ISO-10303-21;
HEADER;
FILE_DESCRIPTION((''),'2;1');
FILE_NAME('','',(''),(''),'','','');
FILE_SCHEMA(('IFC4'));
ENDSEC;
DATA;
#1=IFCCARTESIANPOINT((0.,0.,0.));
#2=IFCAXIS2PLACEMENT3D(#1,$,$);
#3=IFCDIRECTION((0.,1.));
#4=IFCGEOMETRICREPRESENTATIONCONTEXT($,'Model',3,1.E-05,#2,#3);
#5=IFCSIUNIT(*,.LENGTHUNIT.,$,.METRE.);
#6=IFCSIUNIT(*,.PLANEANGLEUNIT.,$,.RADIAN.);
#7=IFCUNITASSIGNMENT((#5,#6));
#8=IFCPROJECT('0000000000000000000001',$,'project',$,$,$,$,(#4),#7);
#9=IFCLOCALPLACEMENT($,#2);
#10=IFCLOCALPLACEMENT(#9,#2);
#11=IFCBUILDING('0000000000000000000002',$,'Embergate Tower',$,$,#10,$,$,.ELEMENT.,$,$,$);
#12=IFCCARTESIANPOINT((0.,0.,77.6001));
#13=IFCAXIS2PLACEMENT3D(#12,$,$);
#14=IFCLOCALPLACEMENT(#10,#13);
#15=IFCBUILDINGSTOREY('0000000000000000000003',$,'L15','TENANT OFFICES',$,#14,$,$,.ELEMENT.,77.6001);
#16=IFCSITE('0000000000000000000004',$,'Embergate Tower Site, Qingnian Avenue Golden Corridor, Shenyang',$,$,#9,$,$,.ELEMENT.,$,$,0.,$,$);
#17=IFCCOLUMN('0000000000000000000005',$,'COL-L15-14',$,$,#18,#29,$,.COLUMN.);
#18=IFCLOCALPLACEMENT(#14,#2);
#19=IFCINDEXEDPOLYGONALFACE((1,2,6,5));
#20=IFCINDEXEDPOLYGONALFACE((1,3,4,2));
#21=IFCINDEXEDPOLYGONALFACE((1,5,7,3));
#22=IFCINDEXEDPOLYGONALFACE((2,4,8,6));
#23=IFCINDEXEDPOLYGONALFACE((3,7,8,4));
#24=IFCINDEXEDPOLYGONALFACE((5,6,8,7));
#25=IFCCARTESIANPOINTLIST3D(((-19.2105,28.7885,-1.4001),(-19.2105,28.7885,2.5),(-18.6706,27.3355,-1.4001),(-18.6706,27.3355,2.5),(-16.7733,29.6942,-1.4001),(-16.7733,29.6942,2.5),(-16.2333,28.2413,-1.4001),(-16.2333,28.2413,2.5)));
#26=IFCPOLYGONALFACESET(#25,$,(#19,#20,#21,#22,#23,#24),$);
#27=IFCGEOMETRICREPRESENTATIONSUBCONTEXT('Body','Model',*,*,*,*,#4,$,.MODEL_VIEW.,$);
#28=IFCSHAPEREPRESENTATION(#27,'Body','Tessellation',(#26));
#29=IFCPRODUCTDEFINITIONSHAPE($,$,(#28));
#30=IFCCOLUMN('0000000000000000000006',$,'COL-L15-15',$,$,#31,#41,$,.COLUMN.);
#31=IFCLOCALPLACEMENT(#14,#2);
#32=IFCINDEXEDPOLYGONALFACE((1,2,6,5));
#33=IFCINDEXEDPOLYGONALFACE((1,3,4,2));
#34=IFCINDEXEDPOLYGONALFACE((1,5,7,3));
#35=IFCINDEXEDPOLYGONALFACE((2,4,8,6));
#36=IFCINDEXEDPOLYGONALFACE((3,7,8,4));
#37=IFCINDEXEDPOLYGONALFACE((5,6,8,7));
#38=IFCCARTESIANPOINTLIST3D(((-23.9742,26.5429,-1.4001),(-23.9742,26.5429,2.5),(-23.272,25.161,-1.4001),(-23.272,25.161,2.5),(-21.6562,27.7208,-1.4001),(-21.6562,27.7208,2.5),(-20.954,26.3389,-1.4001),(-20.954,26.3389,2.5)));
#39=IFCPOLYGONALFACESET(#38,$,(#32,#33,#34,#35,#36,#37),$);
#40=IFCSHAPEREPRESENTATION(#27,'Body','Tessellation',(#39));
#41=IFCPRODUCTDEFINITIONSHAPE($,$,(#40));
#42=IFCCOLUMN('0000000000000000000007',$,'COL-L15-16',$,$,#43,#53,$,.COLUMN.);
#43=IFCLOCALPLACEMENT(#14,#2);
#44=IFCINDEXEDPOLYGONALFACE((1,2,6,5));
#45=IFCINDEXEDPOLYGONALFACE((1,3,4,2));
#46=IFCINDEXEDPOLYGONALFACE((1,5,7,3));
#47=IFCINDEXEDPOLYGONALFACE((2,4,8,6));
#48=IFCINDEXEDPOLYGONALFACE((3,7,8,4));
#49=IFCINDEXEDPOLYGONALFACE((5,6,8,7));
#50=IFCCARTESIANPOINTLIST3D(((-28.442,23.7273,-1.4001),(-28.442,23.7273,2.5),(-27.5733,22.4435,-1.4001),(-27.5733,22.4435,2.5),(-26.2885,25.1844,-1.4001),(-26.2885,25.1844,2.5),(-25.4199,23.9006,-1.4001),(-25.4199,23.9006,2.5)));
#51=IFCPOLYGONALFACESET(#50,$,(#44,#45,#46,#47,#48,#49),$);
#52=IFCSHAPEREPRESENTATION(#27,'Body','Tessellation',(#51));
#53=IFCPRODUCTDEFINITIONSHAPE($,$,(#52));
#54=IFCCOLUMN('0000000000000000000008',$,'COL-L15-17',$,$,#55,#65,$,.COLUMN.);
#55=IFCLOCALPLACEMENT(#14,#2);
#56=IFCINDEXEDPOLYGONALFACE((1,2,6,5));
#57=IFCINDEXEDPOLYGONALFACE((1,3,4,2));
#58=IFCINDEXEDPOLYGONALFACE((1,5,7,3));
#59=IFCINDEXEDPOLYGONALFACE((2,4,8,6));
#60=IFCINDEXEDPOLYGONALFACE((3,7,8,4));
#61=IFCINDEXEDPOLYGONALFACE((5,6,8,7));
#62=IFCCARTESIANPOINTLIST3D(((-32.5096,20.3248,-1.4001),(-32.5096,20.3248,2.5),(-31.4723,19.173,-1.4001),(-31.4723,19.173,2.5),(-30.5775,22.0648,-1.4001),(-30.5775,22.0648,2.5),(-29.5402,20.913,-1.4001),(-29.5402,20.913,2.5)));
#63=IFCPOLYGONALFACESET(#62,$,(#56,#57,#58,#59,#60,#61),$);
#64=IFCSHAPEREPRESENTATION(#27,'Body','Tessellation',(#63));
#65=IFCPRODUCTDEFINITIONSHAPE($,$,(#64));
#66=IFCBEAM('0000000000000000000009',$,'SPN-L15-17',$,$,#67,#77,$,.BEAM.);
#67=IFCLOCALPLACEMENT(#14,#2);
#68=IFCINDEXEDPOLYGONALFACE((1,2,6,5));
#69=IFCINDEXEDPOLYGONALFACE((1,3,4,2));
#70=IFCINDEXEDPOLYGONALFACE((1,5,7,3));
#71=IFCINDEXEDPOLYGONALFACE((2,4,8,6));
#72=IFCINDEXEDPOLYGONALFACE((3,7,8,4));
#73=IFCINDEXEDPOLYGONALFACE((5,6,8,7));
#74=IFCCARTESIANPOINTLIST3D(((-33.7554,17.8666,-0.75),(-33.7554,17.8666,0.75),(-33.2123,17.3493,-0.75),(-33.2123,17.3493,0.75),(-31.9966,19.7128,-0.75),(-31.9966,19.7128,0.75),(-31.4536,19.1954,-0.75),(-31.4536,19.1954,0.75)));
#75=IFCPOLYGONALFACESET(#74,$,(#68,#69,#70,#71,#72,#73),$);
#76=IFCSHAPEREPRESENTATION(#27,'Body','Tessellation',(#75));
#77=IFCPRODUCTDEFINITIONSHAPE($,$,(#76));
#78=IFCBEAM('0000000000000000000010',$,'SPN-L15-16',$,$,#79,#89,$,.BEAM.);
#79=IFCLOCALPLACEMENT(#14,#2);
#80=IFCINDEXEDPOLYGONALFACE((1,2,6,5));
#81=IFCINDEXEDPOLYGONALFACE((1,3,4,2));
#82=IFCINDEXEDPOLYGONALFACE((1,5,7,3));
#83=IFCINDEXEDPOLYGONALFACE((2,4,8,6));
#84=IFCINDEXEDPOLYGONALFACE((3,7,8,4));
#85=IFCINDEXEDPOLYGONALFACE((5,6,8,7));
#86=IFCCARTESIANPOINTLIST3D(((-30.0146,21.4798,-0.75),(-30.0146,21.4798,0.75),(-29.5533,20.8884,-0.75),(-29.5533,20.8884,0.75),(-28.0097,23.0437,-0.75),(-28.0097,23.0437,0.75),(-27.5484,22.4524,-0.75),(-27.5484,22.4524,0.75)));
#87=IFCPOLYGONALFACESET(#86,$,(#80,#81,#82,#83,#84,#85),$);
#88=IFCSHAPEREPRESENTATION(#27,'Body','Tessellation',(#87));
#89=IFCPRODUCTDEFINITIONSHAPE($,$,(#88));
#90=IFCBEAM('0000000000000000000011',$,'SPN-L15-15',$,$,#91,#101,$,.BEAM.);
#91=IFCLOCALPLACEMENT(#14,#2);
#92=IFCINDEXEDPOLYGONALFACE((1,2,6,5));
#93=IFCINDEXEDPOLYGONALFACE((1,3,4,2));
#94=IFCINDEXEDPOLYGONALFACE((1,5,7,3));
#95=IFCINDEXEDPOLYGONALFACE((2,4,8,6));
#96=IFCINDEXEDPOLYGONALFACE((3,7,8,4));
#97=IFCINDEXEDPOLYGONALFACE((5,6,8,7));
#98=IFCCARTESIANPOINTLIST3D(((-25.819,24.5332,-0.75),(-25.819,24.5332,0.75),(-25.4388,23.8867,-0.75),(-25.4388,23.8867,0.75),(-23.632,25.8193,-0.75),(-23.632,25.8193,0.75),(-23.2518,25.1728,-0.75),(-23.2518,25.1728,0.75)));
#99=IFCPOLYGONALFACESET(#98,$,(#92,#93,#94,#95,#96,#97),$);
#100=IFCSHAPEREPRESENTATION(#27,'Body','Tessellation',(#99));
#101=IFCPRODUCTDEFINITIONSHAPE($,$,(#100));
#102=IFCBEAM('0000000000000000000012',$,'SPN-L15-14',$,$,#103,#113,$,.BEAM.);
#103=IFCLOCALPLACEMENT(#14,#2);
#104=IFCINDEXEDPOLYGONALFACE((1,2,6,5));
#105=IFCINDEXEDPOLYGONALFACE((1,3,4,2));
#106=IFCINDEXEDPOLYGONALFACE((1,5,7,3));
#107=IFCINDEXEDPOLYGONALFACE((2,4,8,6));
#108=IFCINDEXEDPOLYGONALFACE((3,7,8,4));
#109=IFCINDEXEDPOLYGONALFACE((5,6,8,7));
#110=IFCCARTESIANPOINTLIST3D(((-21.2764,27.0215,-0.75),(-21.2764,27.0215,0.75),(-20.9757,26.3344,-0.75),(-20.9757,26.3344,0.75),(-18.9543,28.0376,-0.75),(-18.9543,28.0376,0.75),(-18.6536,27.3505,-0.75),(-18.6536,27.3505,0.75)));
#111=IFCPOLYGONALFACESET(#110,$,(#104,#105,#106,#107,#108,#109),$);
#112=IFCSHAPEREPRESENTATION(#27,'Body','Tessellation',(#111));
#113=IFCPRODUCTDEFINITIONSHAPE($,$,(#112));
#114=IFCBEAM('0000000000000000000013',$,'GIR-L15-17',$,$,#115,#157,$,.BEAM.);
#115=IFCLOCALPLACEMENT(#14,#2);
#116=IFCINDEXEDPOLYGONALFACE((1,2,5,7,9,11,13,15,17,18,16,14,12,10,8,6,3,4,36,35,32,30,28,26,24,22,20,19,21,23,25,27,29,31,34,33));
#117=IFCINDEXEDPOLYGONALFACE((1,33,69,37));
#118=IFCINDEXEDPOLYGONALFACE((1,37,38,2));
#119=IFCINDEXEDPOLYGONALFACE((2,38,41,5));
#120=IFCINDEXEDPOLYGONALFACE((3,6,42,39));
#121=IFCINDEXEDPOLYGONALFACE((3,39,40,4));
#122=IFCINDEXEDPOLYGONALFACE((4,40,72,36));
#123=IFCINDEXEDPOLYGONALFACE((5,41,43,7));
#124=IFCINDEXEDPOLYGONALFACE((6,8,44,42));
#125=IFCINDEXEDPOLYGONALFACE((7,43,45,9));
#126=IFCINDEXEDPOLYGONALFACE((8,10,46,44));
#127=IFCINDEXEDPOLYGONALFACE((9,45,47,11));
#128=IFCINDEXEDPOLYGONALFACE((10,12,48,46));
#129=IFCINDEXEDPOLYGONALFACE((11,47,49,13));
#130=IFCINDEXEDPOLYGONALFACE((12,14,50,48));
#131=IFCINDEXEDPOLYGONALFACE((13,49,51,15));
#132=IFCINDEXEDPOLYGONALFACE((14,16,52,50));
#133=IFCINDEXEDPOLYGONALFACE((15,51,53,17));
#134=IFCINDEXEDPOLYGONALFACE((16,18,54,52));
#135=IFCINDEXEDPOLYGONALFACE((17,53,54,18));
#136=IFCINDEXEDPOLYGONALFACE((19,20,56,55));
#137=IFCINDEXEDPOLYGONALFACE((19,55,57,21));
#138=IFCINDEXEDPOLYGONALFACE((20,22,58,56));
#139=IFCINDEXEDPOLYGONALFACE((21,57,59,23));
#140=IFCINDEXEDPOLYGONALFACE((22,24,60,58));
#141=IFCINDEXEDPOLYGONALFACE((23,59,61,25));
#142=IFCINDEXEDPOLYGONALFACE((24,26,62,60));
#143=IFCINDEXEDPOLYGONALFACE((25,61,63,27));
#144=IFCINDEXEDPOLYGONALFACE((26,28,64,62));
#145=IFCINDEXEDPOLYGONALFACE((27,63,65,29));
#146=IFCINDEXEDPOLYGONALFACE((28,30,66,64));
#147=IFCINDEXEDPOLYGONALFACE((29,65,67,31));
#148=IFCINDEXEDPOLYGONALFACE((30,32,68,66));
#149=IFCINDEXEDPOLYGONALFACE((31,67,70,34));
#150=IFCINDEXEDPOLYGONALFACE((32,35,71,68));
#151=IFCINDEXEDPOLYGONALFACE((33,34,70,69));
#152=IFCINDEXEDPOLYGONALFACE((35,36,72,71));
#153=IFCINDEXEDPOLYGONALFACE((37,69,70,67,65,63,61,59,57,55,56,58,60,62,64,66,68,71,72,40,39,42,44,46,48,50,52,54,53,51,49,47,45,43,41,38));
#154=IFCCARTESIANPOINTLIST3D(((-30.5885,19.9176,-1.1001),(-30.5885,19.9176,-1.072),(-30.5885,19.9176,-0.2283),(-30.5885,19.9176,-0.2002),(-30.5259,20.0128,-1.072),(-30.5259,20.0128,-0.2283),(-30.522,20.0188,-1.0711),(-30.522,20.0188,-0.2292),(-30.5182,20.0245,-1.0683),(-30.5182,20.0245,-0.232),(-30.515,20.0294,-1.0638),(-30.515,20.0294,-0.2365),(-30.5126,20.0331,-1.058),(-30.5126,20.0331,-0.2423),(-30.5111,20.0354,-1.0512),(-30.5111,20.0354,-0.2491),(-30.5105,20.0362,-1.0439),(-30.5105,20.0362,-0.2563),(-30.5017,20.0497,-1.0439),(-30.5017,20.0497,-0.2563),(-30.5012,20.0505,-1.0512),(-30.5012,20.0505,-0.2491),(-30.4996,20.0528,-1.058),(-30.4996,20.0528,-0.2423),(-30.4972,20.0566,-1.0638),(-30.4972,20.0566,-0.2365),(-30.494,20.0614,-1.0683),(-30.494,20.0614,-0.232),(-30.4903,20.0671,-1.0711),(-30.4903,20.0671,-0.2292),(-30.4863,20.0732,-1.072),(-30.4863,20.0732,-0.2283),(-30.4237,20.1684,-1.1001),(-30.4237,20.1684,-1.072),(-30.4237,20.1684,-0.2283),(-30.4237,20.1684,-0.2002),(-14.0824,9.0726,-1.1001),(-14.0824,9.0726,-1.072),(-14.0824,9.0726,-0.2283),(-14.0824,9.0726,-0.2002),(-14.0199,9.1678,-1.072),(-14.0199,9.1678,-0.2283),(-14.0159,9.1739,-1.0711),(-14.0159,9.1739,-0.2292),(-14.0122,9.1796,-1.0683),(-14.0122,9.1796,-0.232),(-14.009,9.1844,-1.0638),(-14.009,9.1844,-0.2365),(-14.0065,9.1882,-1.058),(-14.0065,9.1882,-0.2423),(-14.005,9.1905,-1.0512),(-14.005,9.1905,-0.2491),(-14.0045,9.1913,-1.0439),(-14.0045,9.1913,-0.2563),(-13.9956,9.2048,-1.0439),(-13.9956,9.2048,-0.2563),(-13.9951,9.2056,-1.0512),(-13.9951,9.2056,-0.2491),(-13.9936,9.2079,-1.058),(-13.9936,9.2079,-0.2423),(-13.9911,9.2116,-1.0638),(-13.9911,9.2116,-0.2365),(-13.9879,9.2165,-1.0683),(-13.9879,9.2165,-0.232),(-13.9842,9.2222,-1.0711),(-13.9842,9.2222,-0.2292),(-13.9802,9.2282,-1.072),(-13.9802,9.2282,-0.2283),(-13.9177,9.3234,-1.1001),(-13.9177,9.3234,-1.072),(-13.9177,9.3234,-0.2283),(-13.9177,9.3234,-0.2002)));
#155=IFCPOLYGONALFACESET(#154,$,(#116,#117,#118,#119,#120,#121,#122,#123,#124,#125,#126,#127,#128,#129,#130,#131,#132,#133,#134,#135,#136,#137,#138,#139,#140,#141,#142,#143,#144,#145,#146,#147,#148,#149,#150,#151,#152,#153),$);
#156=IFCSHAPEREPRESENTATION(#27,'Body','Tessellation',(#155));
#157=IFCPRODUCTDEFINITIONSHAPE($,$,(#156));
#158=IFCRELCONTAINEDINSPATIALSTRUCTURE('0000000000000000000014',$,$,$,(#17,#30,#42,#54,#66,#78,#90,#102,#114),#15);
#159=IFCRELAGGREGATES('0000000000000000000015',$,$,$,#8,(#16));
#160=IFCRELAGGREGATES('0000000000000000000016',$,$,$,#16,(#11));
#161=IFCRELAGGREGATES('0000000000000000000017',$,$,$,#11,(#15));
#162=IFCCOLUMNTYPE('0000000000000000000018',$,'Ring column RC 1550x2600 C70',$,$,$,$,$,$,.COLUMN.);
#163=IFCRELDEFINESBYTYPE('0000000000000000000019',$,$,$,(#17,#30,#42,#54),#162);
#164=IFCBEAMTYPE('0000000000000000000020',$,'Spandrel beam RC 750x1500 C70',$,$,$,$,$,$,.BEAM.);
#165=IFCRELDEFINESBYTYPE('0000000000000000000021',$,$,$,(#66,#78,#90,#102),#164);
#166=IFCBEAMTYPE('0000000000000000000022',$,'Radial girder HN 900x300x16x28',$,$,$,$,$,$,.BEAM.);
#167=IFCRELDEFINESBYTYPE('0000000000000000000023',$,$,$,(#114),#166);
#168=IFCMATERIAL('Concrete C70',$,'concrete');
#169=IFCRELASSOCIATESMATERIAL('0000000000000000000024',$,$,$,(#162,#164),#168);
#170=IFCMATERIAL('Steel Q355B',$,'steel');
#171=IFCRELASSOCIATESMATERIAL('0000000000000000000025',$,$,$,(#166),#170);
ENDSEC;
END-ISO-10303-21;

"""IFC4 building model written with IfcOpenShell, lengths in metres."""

from ifc_helpers import new_model, si_unit, direction, frame, origin, origin_2d, place, context, subcontext, project, spatial, rectangle, i_section, extrude, source, transform, mapped, material, material_profile, profile_set, type_object, element, save


model = new_model("IFC4")

# Units and contexts
model_context = context("Model", 3, precision=1e-05, world=origin(), true_north=direction((0.0, 1.0)))
body_context = subcontext(model_context, "Body", "Model", "MODEL_VIEW")
ifc_project = project(units=[si_unit("LENGTHUNIT", "METRE"), si_unit("PLANEANGLEUNIT", "RADIAN")], contexts=[model_context])

# Site, building, storey
site_placement = place(None, origin())
site = spatial("IfcSite", under=ifc_project, at=site_placement, Name="Embergate Tower Site, Qingnian Avenue Golden Corridor, Shenyang", CompositionType="ELEMENT", RefElevation=0.0)
building_placement = place(site_placement, origin())
building = spatial("IfcBuilding", under=site, at=building_placement, Name="Embergate Tower", CompositionType="ELEMENT")
storey_placement = place(building_placement, frame((0.0, 0.0, 77.6001)))
storey = spatial("IfcBuildingStorey", under=building, at=storey_placement, Name="L15", Description="TENANT OFFICES", CompositionType="ELEMENT", Elevation=77.6001)

# Columns
ifc_material_1 = material(Name="Concrete C70", Category="concrete")
ifc_material_profile_1 = material_profile(ifc_material_1, rectangle(XDim=1.55, YDim=2.6001, at=origin_2d()), Name="RC 1550x2600")
ifc_profile_set_1 = profile_set([ifc_material_profile_1], Name="Concrete C70")
column_type = type_object("IfcColumnType", Name="Ring column RC 1550x2600 C70", PredefinedType="COLUMN", material=ifc_profile_set_1)
shared_shape_1 = source(origin(), body_context, "Body", "SweptSolid", [
    extrude(rectangle(XDim=1.55, YDim=2.6001, at=origin_2d()), origin(), (0.0, 0.0, 1.0), 3.9001),
])
for number, where, z_axis, x_axis, name in (
    (1, (-17.7219, 28.5149, -1.4001), (0.0, 0.0, 1.0), (-0.348343, 0.937367, 0.0), "COL-L15-14"),
    (2, (-22.4641, 26.4409, -1.4001), (0.0, 0.0, 1.0), (-0.453011, 0.891505, 0.0), "COL-L15-15"),
    (3, (-26.9309, 23.814, -1.4001), (0.0, 0.0, 1.0), (-0.560393, 0.828227, 0.0), "COL-L15-16"),
    (4, (-31.0249, 20.6189, -1.4001), (0.0, 0.0, 1.0), (-0.669208, 0.743075, 0.0), "COL-L15-17"),
):
    element("IfcColumn", number, at=place(storey_placement, frame(where, z_axis=z_axis, x_axis=x_axis)), inside=storey, type_object=column_type, Name=name, PredefinedType="COLUMN", context=body_context, shape_type="MappedRepresentation", body=[
        mapped(shared_shape_1, transform((0.0, 0.0, 0.0))),
    ])

# Beams
ifc_material_profile_2 = material_profile(ifc_material_1, rectangle(XDim=0.75, YDim=1.5, at=origin_2d()), Name="RC 750x1500")
ifc_profile_set_2 = profile_set([ifc_material_profile_2], Name="Concrete C70")
beam_type_1 = type_object("IfcBeamType", Name="Spandrel beam RC 750x1500 C70", PredefinedType="BEAM", material=ifc_profile_set_2)
shared_shape_2 = source(origin(), body_context, "Body", "SweptSolid", [
    extrude(rectangle(XDim=0.75, YDim=1.5, at=origin_2d()), origin(), (0.0, 0.0, 1.0), 2.5498),
])
beam_1_placement = place(storey_placement, frame((-31.7251, 19.4541, 0.0), z_axis=(-0.68976, -0.724038, 0.0), x_axis=(0.724038, -0.68976, 0.0)))
element("IfcBeam", 5, at=beam_1_placement, inside=storey, type_object=beam_type_1, Name="SPN-L15-17", PredefinedType="BEAM", context=body_context, shape_type="MappedRepresentation", body=[
    mapped(shared_shape_2, transform((0.0, 0.0, 0.0))),
])
shared_shape_3 = source(origin(), body_context, "Body", "SweptSolid", [
    extrude(rectangle(XDim=0.75, YDim=1.5, at=origin_2d()), origin(), (0.0, 0.0, 1.0), 2.5427),
])
beam_2_placement = place(storey_placement, frame((-27.7791, 22.748, 0.0), z_axis=(-0.788473, -0.61507, 0.0), x_axis=(0.61507, -0.788473, 0.0)))
element("IfcBeam", 6, at=beam_2_placement, inside=storey, type_object=beam_type_1, Name="SPN-L15-16", PredefinedType="BEAM", context=body_context, shape_type="MappedRepresentation", body=[
    mapped(shared_shape_3, transform((0.0, 0.0, 0.0))),
])
shared_shape_4 = source(origin(), body_context, "Body", "SweptSolid", [
    extrude(rectangle(XDim=0.75, YDim=1.5, at=origin_2d()), origin(), (0.0, 0.0, 1.0), 2.5371),
])
beam_3_placement = place(storey_placement, frame((-23.4419, 25.4961, 0.0), z_axis=(-0.861994, -0.506919, 0.0), x_axis=(0.506919, -0.861994, 0.0)))
element("IfcBeam", 7, at=beam_3_placement, inside=storey, type_object=beam_type_1, Name="SPN-L15-15", PredefinedType="BEAM", context=body_context, shape_type="MappedRepresentation", body=[
    mapped(shared_shape_4, transform((0.0, 0.0, 0.0))),
])
shared_shape_5 = source(origin(), body_context, "Body", "SweptSolid", [
    extrude(rectangle(XDim=0.75, YDim=1.5, at=origin_2d()), origin(), (0.0, 0.0, 1.0), 2.5347),
])
beam_4_placement = place(storey_placement, frame((-18.804, 27.6941, 0.0), z_axis=(-0.916124, -0.400895, 0.0), x_axis=(0.400895, -0.916124, 0.0)))
element("IfcBeam", 8, at=beam_4_placement, inside=storey, type_object=beam_type_1, Name="SPN-L15-14", PredefinedType="BEAM", context=body_context, shape_type="MappedRepresentation", body=[
    mapped(shared_shape_5, transform((0.0, 0.0, 0.0))),
])
ifc_material_2 = material(Name="Steel Q355B", Category="steel")
ifc_material_profile_3 = material_profile(ifc_material_2, i_section(OverallWidth=0.3, OverallDepth=0.8999, WebThickness=0.0161, FlangeThickness=0.0281, FilletRadius=0.0281, at=origin_2d()), Name="HN 900x300x16x28")
ifc_profile_set_3 = profile_set([ifc_material_profile_3], Name="Steel Q355 grade B")
beam_type_2 = type_object("IfcBeamType", Name="Radial girder HN 900x300x16x28", PredefinedType="BEAM", material=ifc_profile_set_3)
shared_shape_6 = source(origin(), body_context, "Body", "SweptSolid", [
    extrude(i_section(OverallWidth=0.3, OverallDepth=0.8999, WebThickness=0.0161, FlangeThickness=0.0281, FilletRadius=0.0281, at=origin_2d()), origin(), (0.0, 0.0, 1.0), 19.75),
])
beam_5_placement = place(storey_placement, frame((-30.5061, 20.043, -0.6501), z_axis=(0.83575, -0.549111, 0.0), x_axis=(0.549111, 0.83575, 0.0)))
element("IfcBeam", 9, at=beam_5_placement, inside=storey, type_object=beam_type_2, Name="GIR-L15-17", PredefinedType="BEAM", context=body_context, shape_type="MappedRepresentation", body=[
    mapped(shared_shape_6, transform((0.0, 0.0, 0.0))),
])

save(model, "model.ifc")
